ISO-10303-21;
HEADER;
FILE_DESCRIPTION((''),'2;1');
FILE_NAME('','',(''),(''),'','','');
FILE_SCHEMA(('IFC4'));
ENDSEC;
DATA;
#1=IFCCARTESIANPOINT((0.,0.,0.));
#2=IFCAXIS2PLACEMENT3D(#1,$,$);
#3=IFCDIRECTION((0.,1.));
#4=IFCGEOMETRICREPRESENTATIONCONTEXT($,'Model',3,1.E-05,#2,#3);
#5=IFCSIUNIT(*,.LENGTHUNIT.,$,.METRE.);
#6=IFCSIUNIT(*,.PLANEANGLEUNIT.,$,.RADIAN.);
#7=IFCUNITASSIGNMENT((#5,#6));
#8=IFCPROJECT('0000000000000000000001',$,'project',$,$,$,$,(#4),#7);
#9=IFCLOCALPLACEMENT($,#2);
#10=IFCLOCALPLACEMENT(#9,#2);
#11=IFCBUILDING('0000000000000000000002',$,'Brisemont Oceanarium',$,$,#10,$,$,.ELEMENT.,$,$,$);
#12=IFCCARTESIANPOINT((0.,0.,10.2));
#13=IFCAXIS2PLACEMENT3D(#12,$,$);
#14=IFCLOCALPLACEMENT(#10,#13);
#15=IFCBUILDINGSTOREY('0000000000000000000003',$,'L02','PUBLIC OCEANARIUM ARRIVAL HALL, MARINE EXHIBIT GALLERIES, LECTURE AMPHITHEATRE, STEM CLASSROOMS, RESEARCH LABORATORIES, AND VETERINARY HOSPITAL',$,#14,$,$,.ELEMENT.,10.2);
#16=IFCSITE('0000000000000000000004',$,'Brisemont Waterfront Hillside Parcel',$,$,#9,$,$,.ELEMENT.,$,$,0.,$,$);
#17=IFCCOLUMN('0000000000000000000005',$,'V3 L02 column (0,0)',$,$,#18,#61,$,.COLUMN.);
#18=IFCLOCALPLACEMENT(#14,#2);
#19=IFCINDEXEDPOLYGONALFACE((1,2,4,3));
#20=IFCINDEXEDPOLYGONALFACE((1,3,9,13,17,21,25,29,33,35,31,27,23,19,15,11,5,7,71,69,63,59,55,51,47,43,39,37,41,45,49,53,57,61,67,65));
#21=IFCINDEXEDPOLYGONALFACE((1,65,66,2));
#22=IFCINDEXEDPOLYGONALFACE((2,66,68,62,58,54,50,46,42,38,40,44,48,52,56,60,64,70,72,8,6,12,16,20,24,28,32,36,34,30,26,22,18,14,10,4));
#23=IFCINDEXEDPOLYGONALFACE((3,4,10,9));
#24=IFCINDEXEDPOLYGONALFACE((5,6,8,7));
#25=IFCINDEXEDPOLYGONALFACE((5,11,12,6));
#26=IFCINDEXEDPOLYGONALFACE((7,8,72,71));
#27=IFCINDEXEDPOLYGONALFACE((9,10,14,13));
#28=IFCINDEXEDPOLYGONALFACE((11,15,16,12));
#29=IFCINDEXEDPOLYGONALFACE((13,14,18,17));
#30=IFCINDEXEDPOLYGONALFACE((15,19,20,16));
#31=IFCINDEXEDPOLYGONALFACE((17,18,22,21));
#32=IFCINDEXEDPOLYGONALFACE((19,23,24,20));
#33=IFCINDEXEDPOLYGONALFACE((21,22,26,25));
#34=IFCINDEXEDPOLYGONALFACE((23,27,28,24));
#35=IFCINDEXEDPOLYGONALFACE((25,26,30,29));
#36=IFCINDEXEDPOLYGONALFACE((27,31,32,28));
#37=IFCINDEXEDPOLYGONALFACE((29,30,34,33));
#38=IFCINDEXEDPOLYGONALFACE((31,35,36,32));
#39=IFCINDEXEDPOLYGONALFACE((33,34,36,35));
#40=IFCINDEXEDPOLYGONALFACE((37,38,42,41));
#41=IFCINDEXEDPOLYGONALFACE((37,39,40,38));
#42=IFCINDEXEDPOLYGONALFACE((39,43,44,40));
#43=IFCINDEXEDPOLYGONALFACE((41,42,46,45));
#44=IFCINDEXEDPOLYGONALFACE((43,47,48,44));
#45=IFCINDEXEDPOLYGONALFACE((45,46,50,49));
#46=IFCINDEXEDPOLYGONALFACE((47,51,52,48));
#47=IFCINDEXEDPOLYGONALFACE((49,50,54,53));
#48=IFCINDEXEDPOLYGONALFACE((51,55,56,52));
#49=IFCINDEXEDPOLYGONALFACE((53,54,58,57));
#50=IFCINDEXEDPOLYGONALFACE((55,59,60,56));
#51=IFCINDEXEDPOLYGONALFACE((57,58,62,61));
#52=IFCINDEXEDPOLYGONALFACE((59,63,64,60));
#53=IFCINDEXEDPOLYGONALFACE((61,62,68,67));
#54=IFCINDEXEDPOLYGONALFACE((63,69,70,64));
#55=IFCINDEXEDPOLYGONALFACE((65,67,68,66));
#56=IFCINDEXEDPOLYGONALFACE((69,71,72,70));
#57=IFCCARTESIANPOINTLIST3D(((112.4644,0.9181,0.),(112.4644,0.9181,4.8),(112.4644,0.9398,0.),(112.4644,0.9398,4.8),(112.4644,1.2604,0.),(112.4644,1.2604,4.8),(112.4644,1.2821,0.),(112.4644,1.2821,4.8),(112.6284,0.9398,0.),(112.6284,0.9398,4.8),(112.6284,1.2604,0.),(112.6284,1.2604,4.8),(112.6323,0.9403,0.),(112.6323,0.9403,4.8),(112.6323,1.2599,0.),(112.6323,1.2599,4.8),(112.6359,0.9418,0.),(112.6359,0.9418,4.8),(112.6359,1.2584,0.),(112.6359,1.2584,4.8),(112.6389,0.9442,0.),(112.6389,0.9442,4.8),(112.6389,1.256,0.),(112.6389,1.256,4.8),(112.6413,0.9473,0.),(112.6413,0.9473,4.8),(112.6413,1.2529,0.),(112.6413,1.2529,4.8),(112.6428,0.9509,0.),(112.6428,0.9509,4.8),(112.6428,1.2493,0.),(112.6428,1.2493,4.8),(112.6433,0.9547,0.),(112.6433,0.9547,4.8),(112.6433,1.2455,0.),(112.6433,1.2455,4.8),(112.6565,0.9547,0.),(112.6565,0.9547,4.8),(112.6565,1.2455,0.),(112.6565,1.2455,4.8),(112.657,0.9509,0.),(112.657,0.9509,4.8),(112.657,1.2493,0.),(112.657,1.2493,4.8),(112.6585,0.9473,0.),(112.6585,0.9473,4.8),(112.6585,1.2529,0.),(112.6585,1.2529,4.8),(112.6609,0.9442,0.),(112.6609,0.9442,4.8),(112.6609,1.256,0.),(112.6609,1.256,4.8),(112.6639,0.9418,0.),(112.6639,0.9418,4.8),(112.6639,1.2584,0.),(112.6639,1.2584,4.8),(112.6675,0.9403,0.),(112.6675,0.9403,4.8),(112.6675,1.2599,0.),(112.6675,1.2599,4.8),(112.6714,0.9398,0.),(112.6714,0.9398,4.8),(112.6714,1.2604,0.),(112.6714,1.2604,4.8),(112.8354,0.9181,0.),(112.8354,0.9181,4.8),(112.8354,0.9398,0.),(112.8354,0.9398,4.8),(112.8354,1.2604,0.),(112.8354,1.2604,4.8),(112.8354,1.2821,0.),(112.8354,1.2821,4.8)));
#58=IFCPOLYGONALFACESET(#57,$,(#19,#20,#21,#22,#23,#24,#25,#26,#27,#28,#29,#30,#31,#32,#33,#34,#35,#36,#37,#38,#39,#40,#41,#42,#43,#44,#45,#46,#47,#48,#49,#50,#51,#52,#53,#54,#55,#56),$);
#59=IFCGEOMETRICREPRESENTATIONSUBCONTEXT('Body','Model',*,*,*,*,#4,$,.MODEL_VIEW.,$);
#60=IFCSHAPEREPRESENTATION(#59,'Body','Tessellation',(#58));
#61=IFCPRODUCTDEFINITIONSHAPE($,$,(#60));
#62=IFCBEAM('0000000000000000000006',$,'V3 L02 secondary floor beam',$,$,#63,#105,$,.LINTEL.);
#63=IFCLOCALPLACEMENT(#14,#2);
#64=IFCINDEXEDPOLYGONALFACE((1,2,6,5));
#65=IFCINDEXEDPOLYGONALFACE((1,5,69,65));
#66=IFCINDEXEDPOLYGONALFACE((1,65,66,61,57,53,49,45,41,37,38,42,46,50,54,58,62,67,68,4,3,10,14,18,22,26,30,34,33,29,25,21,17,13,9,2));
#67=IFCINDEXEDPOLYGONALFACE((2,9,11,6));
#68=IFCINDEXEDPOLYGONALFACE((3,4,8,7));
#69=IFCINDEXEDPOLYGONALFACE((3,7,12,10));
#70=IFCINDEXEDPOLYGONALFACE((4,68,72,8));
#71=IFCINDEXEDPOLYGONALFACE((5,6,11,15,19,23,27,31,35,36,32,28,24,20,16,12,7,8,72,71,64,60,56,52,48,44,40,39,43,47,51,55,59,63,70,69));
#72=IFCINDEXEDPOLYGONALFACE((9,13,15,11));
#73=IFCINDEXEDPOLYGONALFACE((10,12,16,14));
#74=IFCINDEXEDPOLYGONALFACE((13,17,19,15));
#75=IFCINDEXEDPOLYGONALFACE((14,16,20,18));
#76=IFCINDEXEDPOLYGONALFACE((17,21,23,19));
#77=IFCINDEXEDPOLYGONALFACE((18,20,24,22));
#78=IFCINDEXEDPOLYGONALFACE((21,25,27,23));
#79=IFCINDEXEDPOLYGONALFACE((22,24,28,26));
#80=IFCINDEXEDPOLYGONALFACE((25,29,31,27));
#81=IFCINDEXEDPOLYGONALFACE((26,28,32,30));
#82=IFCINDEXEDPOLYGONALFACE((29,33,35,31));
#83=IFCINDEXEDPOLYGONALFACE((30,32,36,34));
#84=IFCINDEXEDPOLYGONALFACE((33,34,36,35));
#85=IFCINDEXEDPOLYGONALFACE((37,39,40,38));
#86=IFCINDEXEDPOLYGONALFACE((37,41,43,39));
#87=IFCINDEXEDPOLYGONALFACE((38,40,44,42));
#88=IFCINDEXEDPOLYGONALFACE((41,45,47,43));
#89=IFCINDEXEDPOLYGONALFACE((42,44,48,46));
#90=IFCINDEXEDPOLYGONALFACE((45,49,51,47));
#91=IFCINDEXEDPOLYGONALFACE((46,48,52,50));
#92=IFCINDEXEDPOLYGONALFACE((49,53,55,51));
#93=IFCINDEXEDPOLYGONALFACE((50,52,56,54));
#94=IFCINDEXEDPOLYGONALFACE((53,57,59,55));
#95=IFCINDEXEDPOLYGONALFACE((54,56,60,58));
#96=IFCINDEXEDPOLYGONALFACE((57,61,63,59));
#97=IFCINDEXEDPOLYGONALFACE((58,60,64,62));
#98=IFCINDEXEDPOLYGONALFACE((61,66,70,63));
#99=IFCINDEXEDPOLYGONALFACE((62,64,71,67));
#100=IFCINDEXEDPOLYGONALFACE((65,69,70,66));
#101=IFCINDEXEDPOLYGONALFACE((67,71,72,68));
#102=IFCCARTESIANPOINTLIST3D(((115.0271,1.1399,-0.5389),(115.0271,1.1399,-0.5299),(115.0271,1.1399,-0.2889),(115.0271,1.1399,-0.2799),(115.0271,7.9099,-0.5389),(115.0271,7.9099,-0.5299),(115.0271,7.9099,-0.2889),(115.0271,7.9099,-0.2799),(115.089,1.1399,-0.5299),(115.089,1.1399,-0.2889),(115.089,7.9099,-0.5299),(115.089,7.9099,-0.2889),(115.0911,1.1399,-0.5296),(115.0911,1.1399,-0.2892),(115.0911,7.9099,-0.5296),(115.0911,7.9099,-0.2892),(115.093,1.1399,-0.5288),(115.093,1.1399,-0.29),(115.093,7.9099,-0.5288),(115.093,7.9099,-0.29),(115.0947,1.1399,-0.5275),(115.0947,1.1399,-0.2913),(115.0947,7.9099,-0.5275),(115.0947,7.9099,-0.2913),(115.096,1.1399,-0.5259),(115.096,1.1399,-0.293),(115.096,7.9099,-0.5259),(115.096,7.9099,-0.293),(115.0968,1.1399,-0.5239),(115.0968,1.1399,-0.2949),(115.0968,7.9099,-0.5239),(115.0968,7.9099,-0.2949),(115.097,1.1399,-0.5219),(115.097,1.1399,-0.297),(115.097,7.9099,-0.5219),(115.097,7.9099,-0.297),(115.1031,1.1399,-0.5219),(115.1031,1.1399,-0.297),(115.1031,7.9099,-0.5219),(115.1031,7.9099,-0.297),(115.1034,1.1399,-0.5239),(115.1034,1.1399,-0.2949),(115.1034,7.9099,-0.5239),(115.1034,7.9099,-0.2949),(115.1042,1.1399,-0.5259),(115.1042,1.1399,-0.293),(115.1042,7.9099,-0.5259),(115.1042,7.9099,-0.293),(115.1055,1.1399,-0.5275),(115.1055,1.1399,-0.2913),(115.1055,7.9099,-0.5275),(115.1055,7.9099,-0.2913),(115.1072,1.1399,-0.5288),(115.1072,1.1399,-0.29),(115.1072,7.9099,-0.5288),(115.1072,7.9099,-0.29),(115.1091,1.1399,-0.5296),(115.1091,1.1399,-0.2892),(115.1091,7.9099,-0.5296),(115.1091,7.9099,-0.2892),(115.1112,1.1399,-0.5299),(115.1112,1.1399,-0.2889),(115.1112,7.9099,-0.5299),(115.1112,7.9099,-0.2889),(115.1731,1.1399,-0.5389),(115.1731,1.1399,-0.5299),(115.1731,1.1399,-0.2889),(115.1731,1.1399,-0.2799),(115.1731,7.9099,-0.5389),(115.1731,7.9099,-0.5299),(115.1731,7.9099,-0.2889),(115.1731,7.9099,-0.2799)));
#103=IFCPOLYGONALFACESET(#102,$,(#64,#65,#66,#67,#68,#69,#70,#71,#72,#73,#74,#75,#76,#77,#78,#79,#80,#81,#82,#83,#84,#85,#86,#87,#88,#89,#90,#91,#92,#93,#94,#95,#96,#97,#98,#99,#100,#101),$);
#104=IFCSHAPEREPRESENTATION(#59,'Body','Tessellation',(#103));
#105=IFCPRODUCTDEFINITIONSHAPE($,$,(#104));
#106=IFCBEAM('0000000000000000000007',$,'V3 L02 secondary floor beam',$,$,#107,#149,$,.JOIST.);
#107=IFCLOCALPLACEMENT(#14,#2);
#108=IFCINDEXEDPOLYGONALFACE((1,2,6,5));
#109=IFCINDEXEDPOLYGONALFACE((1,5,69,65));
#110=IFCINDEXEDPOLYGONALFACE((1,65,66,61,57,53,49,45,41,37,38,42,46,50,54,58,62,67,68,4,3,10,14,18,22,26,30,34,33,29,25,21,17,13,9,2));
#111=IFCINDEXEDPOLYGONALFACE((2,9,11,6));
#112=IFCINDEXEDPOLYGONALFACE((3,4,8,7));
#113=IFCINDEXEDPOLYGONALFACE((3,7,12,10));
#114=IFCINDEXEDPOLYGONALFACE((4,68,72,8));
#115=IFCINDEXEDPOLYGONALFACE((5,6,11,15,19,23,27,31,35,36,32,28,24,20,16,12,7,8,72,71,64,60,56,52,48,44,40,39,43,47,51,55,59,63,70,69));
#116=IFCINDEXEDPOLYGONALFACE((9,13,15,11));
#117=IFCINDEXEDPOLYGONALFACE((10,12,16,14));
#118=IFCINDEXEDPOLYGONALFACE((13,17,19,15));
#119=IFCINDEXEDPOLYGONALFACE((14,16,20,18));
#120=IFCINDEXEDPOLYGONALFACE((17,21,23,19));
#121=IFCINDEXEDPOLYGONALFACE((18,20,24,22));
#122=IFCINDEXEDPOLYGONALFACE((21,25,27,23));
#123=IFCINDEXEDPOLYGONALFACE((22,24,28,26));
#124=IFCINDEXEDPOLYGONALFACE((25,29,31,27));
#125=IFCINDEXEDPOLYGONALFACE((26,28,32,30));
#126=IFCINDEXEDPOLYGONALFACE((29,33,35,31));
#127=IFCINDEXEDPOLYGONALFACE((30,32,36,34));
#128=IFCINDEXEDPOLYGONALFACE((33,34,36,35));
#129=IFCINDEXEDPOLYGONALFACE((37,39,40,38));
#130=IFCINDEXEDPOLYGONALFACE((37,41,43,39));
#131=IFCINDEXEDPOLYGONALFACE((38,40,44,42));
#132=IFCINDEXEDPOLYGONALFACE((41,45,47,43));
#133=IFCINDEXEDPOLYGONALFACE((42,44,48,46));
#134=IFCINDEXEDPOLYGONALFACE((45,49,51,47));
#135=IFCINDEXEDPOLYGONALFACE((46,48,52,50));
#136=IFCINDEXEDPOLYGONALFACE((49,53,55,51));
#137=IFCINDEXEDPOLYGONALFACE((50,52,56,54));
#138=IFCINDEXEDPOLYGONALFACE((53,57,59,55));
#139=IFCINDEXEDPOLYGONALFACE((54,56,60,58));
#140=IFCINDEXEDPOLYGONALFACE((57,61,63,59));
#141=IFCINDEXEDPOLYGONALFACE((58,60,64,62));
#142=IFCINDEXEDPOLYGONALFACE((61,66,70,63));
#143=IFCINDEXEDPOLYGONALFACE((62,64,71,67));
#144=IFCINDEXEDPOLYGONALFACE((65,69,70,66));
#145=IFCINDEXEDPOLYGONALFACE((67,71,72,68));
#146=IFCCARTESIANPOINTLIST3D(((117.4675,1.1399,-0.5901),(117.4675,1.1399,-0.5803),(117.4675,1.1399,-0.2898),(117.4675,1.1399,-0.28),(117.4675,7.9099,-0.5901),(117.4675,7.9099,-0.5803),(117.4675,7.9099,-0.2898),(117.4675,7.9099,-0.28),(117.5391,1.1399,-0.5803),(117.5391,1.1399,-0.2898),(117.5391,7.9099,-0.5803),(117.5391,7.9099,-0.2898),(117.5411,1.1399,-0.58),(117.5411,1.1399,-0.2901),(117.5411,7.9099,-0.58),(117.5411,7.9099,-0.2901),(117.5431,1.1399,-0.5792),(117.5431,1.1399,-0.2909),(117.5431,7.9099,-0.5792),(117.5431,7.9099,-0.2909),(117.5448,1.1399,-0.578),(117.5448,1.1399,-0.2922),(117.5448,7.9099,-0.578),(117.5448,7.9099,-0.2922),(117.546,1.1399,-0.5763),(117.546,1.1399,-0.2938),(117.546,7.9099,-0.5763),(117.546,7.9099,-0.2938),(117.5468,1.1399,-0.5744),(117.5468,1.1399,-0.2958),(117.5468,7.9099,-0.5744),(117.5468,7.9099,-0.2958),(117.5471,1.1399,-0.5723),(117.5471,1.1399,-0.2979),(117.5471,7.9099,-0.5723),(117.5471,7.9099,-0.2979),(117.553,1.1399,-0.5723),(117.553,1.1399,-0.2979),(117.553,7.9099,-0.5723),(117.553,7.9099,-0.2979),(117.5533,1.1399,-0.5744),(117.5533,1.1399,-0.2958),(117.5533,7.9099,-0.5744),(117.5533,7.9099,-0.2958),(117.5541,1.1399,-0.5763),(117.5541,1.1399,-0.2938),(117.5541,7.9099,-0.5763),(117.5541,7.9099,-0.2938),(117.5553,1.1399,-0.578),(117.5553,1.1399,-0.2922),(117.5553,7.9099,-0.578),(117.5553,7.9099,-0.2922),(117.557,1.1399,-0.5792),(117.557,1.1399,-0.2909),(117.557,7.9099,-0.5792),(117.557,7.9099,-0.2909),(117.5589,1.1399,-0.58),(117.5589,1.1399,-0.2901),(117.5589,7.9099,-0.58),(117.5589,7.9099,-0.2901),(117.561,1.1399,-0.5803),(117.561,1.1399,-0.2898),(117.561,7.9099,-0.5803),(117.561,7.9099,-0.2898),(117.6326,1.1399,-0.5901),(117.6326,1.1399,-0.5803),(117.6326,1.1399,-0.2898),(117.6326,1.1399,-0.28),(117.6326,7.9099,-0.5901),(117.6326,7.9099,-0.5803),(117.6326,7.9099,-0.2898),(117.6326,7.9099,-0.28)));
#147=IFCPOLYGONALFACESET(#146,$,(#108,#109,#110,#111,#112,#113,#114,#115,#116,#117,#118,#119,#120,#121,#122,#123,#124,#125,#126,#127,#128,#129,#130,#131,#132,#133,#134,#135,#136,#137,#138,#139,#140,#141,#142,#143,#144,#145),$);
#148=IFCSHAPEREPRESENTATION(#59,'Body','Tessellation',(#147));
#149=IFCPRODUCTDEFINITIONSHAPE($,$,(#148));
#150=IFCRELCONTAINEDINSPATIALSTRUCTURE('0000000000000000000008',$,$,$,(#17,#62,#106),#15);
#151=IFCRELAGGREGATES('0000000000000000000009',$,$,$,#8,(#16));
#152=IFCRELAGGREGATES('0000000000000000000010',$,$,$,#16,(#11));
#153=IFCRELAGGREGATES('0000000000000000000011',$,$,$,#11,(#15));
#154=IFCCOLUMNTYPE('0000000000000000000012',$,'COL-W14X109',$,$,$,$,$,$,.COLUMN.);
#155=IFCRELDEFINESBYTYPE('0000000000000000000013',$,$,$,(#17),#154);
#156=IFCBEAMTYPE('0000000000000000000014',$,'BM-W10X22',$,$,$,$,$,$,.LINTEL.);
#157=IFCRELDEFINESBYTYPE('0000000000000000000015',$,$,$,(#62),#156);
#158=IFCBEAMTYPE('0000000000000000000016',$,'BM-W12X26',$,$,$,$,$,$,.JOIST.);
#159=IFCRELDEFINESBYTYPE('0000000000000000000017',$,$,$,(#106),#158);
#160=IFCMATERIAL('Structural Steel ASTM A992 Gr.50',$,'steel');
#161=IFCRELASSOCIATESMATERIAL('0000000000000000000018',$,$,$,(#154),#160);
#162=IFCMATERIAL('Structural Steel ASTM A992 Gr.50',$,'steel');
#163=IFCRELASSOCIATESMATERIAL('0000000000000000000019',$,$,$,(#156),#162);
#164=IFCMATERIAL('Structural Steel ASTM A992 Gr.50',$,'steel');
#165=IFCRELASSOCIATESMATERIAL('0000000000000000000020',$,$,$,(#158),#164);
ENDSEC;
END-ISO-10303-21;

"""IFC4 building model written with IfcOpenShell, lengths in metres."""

from ifc_helpers import new_model, si_unit, direction, frame, origin, origin_2d, place, context, subcontext, project, spatial, i_section, extrude, material, material_profile, profile_set, type_object, element, save


model = new_model("IFC4")

# Units and contexts
model_context = context("Model", 3, precision=1e-05, world=origin(), true_north=direction((0.0, 1.0)))
body_context = subcontext(model_context, "Body", "Model", "MODEL_VIEW")
ifc_project = project(units=[si_unit("LENGTHUNIT", "METRE"), si_unit("PLANEANGLEUNIT", "RADIAN")], contexts=[model_context])

# Site, building, storey
site_placement = place(None, origin())
site = spatial("IfcSite", under=ifc_project, at=site_placement, Name="Brisemont Waterfront Hillside Parcel", CompositionType="ELEMENT", RefElevation=0.0)
building_placement = place(site_placement, origin())
building = spatial("IfcBuilding", under=site, at=building_placement, Name="Brisemont Oceanarium", CompositionType="ELEMENT")
storey_placement = place(building_placement, frame((0.0, 0.0, 10.2)))
storey = spatial("IfcBuildingStorey", under=building, at=storey_placement, Name="L02", Description="PUBLIC OCEANARIUM ARRIVAL HALL, MARINE EXHIBIT GALLERIES, LECTURE AMPHITHEATRE, STEM CLASSROOMS, RESEARCH LABORATORIES, AND VETERINARY HOSPITAL", CompositionType="ELEMENT", Elevation=10.2)

# Column
ifc_material_1 = material(Name="Structural Steel ASTM A992 Gr.50", Category="steel")
ifc_material_profile_1 = material_profile(ifc_material_1, i_section(OverallWidth=0.3711, OverallDepth=0.364, WebThickness=0.0132, FlangeThickness=0.0217, FilletRadius=0.0149, at=origin_2d()), Name="W14X109")
ifc_profile_set_1 = profile_set([ifc_material_profile_1], Name="Structural Steel ASTM A992 Gr.50")
column_type = type_object("IfcColumnType", Name="COL-W14X109", PredefinedType="COLUMN", material=ifc_profile_set_1)
column_placement = place(storey_placement, frame((112.6499, 1.1001, 0.0), z_axis=(0.0, 0.0, 1.0), x_axis=(1.0, 0.0, 0.0)))
element("IfcColumn", 1, at=column_placement, inside=storey, type_object=column_type, Name="V3 L02 column (0,0)", PredefinedType="COLUMN", context=body_context, shape_type="SweptSolid", body=[
    extrude(i_section(OverallWidth=0.3711, OverallDepth=0.364, WebThickness=0.0132, FlangeThickness=0.0217, FilletRadius=0.0149, at=origin_2d()), origin(), (0.0, 0.0, 1.0), 4.8),
])

# Beams
ifc_material_2 = material(Name="Structural Steel ASTM A992 Gr.50", Category="steel")
ifc_material_profile_2 = material_profile(ifc_material_2, i_section(OverallWidth=0.146, OverallDepth=0.259, WebThickness=0.0061, FlangeThickness=0.009, FilletRadius=0.0081, at=origin_2d()), Name="W10X22")
ifc_profile_set_2 = profile_set([ifc_material_profile_2], Name="Structural Steel ASTM A992 Gr.50")
beam_type_1 = type_object("IfcBeamType", Name="BM-W10X22", PredefinedType="LINTEL", material=ifc_profile_set_2)
beam_1_placement = place(storey_placement, frame((115.1001, 1.1399, -0.4094), z_axis=(0.0, 1.0, 0.0), x_axis=(-1.0, 0.0, 0.0)))
element("IfcBeam", 2, at=beam_1_placement, inside=storey, type_object=beam_type_1, Name="V3 L02 secondary floor beam", PredefinedType="LINTEL", context=body_context, shape_type="SweptSolid", body=[
    extrude(i_section(OverallWidth=0.146, OverallDepth=0.259, WebThickness=0.0061, FlangeThickness=0.009, FilletRadius=0.0081, at=origin_2d()), origin(), (0.0, 0.0, 1.0), 6.77),
])
ifc_material_3 = material(Name="Structural Steel ASTM A992 Gr.50", Category="steel")
ifc_material_profile_3 = material_profile(ifc_material_3, i_section(OverallWidth=0.165, OverallDepth=0.3101, WebThickness=0.0059, FlangeThickness=0.0098, FilletRadius=0.0081, at=origin_2d()), Name="W12X26")
ifc_profile_set_3 = profile_set([ifc_material_profile_3], Name="Structural Steel ASTM A992 Gr.50")
beam_type_2 = type_object("IfcBeamType", Name="BM-W12X26", PredefinedType="JOIST", material=ifc_profile_set_3)
beam_2_placement = place(storey_placement, frame((117.55, 1.1399, -0.4351), z_axis=(0.0, 1.0, 0.0), x_axis=(-1.0, 0.0, 0.0)))
element("IfcBeam", 3, at=beam_2_placement, inside=storey, type_object=beam_type_2, Name="V3 L02 secondary floor beam", PredefinedType="JOIST", context=body_context, shape_type="SweptSolid", body=[
    extrude(i_section(OverallWidth=0.165, OverallDepth=0.3101, WebThickness=0.0059, FlangeThickness=0.0098, FilletRadius=0.0081, at=origin_2d()), origin(), (0.0, 0.0, 1.0), 6.77),
])

save(model, "model.ifc")
